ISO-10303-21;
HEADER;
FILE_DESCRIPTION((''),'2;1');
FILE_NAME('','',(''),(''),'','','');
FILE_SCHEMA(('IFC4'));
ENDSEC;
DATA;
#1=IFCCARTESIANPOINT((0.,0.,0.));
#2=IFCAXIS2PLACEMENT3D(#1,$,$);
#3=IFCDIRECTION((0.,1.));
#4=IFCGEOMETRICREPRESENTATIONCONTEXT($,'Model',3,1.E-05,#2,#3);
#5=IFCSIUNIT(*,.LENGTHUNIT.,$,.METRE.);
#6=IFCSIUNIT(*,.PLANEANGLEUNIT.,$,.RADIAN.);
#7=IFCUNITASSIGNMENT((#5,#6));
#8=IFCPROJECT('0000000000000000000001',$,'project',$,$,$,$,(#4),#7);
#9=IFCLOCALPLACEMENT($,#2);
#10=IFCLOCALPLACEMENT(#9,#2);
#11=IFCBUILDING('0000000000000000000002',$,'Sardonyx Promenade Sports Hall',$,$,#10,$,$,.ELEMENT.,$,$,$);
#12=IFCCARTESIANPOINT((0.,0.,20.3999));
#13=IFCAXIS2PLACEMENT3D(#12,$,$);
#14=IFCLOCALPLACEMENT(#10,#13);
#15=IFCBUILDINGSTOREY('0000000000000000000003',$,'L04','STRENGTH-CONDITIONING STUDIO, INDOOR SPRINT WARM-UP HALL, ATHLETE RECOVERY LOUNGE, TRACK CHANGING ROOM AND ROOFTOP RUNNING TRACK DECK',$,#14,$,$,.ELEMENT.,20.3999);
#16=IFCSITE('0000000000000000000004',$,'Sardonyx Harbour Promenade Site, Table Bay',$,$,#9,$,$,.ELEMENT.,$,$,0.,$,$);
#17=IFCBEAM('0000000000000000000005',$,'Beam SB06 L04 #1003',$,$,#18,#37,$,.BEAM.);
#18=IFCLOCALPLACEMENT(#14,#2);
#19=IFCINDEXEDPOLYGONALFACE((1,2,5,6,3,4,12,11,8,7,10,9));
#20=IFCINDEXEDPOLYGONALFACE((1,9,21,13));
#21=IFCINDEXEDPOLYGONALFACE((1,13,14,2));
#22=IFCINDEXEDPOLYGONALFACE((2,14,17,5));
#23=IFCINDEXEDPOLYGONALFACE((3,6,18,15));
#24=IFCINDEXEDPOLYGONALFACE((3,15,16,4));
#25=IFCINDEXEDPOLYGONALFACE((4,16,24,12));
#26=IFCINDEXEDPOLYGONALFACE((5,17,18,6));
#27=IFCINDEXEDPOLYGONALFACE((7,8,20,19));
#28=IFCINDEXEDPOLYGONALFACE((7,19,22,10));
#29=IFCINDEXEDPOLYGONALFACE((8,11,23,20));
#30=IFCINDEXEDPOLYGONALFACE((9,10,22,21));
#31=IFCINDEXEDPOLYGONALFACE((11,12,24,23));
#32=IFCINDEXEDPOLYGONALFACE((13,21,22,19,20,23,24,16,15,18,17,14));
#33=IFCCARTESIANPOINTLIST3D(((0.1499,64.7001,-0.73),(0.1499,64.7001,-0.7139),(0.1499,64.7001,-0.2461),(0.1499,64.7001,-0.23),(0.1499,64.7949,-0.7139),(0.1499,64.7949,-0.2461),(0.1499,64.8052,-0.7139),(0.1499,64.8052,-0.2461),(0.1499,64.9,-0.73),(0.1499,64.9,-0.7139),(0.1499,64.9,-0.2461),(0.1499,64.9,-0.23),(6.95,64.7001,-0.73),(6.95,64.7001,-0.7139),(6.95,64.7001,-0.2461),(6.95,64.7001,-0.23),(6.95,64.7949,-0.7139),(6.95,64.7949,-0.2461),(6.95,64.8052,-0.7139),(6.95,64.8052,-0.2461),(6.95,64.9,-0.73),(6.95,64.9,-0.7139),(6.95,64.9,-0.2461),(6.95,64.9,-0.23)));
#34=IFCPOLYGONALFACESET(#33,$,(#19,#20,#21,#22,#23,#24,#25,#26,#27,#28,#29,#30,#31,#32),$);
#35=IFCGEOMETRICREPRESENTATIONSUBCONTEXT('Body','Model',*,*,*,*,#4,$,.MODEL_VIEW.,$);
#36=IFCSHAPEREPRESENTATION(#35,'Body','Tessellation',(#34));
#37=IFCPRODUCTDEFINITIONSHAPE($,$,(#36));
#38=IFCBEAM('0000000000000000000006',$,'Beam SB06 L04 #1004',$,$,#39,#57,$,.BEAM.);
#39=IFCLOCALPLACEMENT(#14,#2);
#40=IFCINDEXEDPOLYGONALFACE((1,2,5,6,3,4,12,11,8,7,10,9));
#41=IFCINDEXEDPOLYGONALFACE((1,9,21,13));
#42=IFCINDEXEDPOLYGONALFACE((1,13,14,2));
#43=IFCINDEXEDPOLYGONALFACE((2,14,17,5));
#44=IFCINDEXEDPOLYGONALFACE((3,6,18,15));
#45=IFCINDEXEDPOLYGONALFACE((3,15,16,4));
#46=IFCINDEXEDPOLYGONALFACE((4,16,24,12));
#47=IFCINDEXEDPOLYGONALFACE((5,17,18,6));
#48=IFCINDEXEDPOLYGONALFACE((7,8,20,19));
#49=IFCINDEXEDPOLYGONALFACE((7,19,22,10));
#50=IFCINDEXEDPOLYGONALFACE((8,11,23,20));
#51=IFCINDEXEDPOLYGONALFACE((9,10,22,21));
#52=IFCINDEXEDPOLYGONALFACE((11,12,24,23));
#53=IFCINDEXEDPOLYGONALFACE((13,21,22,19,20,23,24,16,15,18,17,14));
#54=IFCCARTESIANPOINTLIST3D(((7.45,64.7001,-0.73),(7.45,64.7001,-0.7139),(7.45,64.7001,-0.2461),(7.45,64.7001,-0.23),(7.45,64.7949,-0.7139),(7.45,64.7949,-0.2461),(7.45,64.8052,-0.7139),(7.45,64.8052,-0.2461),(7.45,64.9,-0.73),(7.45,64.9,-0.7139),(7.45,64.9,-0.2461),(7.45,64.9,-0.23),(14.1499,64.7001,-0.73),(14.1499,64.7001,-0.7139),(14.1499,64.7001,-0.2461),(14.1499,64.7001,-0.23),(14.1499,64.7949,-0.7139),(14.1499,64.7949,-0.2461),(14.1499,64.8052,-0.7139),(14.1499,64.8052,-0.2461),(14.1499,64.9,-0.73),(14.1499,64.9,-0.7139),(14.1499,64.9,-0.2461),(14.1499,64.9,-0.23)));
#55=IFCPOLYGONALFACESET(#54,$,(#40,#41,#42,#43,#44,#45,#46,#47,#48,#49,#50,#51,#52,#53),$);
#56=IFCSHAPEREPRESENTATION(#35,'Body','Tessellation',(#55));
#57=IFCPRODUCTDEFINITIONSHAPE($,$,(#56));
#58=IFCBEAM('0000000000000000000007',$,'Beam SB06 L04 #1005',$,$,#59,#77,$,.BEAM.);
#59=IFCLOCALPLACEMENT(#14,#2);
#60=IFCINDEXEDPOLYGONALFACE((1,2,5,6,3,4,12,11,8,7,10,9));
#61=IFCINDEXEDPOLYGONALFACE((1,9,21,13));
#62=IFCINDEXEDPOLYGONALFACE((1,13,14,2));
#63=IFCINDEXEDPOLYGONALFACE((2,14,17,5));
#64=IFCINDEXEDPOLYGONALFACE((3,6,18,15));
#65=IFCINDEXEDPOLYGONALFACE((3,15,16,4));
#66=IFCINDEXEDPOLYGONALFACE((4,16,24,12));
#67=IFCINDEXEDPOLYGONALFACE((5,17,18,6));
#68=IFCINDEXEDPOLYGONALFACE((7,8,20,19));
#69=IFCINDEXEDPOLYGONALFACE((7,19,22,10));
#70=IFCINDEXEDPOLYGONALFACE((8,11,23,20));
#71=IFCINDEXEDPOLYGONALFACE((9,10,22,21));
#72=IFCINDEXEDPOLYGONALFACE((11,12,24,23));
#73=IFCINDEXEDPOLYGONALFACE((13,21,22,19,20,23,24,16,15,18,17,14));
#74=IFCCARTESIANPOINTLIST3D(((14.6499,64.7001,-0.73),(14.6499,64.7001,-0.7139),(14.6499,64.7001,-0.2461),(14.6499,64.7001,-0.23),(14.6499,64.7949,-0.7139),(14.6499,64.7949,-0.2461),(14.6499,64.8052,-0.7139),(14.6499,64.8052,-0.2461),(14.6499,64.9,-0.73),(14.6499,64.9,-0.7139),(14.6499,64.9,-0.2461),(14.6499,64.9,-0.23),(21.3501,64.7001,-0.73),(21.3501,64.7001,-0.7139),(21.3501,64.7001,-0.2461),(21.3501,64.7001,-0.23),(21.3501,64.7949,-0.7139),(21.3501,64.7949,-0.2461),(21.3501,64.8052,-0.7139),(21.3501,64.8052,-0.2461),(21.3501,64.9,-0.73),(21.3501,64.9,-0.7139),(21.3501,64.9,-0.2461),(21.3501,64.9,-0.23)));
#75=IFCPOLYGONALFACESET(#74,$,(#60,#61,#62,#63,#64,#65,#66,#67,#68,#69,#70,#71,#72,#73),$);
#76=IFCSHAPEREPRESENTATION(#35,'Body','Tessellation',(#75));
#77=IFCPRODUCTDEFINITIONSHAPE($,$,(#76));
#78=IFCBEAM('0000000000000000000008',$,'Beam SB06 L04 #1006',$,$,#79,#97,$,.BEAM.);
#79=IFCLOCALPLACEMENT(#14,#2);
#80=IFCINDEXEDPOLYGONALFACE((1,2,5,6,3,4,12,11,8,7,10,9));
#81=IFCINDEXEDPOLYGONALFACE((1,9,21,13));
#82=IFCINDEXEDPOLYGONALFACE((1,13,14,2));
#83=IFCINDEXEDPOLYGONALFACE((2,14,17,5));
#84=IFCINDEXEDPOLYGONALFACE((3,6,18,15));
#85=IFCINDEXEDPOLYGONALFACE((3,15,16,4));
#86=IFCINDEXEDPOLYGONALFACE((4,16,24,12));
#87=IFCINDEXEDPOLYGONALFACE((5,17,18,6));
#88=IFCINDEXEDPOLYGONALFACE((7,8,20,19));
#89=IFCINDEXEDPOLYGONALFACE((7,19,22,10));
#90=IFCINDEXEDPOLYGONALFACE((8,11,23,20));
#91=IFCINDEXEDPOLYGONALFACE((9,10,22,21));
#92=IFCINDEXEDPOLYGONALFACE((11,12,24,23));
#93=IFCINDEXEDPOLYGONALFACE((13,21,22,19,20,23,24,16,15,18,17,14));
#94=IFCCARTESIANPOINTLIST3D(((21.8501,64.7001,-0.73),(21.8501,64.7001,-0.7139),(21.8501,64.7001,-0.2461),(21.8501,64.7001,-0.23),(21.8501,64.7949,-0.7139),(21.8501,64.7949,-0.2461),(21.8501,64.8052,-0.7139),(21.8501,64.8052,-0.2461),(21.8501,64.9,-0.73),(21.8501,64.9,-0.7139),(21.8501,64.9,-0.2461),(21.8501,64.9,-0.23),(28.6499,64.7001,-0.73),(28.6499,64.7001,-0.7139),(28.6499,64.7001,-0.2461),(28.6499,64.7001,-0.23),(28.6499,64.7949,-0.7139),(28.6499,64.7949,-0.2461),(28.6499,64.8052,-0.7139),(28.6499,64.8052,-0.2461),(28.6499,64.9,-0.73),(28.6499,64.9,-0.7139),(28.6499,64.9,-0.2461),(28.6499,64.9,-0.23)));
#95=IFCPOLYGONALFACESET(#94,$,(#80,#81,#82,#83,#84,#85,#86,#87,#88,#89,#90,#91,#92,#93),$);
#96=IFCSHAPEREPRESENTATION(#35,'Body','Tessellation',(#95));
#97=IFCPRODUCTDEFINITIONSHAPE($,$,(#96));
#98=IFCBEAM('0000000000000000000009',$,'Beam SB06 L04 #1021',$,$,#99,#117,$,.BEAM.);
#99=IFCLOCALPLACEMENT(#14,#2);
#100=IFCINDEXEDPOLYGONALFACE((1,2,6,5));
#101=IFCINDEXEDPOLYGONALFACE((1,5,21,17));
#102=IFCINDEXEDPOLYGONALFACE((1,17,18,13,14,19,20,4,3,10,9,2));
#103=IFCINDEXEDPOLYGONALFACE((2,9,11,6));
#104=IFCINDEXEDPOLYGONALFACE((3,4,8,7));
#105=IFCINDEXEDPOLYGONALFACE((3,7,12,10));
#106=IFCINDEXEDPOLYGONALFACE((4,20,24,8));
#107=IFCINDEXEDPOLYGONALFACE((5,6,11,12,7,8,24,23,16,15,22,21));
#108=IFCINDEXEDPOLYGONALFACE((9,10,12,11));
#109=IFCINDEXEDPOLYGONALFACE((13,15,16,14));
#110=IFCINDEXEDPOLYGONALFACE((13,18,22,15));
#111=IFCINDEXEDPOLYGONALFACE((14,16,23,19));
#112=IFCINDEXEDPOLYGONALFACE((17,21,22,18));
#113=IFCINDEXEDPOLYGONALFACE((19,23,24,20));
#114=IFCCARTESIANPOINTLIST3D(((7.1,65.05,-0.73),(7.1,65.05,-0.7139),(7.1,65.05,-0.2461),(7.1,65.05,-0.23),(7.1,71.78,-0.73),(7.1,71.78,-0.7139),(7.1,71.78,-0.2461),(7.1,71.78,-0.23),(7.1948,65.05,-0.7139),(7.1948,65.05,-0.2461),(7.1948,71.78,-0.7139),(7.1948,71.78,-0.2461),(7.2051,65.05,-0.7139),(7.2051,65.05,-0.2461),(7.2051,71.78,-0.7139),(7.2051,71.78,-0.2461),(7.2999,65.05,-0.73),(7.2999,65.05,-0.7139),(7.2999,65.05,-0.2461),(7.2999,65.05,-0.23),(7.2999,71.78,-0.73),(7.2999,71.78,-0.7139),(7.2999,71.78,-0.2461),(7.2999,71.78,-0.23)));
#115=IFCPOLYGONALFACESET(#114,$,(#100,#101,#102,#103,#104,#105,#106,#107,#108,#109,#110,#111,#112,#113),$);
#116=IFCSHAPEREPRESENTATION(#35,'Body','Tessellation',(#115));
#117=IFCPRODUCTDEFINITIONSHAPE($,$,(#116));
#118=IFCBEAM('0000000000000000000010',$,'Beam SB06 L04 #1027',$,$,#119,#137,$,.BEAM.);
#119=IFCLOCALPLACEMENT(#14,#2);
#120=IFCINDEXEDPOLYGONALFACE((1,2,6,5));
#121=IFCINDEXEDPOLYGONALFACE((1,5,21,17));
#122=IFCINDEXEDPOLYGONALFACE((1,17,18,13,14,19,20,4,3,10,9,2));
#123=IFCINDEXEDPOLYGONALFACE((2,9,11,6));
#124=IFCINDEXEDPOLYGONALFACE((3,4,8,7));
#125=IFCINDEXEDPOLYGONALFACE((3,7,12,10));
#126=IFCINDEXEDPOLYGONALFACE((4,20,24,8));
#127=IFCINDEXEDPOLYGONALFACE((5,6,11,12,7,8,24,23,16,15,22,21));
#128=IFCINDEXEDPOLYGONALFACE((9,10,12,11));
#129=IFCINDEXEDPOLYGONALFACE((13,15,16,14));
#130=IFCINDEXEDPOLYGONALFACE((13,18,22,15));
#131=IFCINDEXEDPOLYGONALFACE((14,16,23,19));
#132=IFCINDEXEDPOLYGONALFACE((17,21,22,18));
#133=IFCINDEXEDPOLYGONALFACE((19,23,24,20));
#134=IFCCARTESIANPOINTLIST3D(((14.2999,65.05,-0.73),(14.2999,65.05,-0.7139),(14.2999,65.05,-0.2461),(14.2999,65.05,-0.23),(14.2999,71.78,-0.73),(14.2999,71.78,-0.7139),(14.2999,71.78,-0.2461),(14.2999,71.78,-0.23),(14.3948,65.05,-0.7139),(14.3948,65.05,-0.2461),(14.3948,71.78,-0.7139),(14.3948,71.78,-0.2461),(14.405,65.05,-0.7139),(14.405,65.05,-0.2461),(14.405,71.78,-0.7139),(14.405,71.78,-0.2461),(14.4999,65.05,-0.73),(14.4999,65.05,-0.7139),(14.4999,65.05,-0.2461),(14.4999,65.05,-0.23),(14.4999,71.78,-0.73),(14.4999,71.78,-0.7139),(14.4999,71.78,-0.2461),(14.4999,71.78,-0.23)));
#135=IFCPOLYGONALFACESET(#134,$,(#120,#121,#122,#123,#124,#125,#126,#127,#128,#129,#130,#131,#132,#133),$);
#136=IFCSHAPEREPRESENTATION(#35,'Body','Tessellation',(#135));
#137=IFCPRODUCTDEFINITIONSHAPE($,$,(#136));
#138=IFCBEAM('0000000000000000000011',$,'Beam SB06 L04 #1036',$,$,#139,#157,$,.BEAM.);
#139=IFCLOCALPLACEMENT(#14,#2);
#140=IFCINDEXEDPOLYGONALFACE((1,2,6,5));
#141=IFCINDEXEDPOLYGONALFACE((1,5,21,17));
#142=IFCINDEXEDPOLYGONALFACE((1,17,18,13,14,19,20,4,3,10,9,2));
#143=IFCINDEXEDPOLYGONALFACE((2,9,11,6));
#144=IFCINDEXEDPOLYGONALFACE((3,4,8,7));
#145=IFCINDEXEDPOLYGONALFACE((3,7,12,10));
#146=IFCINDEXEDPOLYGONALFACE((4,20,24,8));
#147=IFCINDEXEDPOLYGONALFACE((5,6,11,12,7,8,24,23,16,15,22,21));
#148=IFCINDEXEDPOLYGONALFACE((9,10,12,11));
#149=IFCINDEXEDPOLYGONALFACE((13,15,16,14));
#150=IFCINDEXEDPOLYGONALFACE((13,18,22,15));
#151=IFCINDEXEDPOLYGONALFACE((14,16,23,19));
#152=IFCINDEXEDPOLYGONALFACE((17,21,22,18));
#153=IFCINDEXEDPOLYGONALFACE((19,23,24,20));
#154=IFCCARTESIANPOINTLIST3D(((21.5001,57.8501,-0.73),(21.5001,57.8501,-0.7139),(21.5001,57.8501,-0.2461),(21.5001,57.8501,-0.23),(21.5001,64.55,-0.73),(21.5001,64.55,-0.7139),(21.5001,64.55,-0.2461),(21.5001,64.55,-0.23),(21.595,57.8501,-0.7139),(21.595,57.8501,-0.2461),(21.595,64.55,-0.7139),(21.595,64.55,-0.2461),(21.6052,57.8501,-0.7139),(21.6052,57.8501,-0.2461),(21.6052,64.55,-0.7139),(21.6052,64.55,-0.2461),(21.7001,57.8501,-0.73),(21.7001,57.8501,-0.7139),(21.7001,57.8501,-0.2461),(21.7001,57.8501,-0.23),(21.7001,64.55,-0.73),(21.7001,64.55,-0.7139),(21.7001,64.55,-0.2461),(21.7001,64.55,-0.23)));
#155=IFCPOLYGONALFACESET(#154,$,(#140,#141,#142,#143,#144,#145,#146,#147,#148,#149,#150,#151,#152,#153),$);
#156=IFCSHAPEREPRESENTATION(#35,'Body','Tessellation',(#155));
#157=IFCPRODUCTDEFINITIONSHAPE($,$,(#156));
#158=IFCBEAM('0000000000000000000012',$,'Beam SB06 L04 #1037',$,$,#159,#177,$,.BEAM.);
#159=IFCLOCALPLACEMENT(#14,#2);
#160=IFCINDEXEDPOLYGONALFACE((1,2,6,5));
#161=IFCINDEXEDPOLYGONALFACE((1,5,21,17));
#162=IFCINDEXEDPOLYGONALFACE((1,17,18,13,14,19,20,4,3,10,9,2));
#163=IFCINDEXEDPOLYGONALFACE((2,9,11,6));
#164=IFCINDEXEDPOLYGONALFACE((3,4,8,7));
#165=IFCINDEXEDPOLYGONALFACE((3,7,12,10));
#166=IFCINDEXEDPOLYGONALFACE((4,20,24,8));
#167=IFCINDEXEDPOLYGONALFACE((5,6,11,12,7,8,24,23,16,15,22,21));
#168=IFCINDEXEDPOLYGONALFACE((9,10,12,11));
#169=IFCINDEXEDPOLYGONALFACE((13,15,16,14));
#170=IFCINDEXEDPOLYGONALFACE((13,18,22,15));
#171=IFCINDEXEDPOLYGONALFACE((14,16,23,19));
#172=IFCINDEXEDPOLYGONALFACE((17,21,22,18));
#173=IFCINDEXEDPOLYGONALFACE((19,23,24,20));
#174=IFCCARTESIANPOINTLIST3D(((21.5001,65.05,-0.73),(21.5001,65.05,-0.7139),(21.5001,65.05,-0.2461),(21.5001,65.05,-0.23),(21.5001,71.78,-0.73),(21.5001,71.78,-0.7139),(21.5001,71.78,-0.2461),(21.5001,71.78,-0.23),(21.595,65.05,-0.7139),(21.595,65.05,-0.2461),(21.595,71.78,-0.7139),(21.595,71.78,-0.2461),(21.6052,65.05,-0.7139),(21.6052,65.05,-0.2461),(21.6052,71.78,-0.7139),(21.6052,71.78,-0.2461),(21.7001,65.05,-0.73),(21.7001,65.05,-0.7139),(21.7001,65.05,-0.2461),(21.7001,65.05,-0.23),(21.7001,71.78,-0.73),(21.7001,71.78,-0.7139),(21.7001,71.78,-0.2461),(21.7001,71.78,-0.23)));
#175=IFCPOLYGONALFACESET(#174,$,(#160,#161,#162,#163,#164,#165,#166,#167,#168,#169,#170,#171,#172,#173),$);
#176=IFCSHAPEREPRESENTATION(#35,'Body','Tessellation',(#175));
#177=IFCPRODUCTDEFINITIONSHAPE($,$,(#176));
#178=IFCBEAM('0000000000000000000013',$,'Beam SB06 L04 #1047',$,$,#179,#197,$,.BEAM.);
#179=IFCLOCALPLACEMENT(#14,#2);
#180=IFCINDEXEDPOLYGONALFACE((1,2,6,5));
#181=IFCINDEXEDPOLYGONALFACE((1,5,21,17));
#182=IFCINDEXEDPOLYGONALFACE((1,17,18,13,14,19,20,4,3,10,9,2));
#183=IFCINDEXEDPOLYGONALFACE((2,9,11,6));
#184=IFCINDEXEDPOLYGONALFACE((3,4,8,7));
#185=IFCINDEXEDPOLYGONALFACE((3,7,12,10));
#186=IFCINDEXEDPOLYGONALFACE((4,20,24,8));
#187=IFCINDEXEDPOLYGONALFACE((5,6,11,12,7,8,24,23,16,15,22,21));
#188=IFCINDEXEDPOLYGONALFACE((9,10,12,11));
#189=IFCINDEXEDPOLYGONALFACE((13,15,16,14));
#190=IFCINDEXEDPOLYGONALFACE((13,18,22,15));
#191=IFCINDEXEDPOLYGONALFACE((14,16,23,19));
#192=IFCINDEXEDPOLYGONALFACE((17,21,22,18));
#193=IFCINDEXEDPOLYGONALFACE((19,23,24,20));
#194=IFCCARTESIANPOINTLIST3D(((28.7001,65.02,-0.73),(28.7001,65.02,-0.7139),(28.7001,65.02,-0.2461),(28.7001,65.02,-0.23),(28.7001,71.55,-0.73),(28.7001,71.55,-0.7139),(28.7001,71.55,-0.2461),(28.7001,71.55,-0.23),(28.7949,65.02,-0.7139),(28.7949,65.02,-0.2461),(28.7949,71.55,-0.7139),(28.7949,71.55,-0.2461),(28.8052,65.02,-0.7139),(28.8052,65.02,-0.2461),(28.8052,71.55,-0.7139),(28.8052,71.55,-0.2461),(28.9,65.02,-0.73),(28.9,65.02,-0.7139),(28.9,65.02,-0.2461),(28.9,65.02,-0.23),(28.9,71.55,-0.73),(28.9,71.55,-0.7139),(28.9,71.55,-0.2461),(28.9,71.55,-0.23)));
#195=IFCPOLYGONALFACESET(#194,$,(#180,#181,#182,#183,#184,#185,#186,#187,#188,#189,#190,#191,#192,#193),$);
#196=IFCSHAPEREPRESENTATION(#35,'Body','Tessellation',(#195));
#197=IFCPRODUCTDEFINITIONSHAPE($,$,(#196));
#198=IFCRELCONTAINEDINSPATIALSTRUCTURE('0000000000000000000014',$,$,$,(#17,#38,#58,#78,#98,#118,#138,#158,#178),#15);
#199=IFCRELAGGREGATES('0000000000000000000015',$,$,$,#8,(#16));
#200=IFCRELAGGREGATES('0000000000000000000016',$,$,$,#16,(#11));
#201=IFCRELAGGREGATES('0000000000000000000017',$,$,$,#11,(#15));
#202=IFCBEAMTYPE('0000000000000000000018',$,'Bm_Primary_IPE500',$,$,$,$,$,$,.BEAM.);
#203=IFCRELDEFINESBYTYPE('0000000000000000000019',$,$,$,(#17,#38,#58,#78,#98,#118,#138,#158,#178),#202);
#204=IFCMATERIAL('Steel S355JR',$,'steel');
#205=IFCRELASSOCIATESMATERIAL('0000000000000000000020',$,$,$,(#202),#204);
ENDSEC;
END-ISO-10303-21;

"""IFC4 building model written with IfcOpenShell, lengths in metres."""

from ifc_helpers import new_model, si_unit, direction, frame, origin, origin_2d, place, context, subcontext, project, spatial, i_section, extrude, material, material_profile, profile_set, type_object, element, save


model = new_model("IFC4")

# Units and contexts
model_context = context("Model", 3, precision=1e-05, world=origin(), true_north=direction((0.0, 1.0)))
body_context = subcontext(model_context, "Body", "Model", "MODEL_VIEW")
ifc_project = project(units=[si_unit("LENGTHUNIT", "METRE"), si_unit("PLANEANGLEUNIT", "RADIAN")], contexts=[model_context])

# Site, building, storey
site_placement = place(None, origin())
site = spatial("IfcSite", under=ifc_project, at=site_placement, Name="Sardonyx Harbour Promenade Site, Table Bay", CompositionType="ELEMENT", RefElevation=0.0)
building_placement = place(site_placement, origin())
building = spatial("IfcBuilding", under=site, at=building_placement, Name="Sardonyx Promenade Sports Hall", CompositionType="ELEMENT")
storey_placement = place(building_placement, frame((0.0, 0.0, 20.3999)))
storey = spatial("IfcBuildingStorey", under=building, at=storey_placement, Name="L04", Description="STRENGTH-CONDITIONING STUDIO, INDOOR SPRINT WARM-UP HALL, ATHLETE RECOVERY LOUNGE, TRACK CHANGING ROOM AND ROOFTOP RUNNING TRACK DECK", CompositionType="ELEMENT", Elevation=20.3999)

# Beams
ifc_material_1 = material(Name="Steel S355JR", Category="steel")
ifc_material_profile_1 = material_profile(ifc_material_1, i_section(OverallWidth=0.2, OverallDepth=0.5, WebThickness=0.0103, FlangeThickness=0.0161, at=origin_2d()))
ifc_profile_set_1 = profile_set([ifc_material_profile_1], Name="Steel S355JR")
beam_type_1 = type_object("IfcBeamType", Name="Bm_Primary_IPE500", PredefinedType="BEAM", material=ifc_profile_set_1)
beam_1_placement = place(storey_placement, frame((0.1499, 64.8, -0.48), z_axis=(1.0, 0.0, 0.0), x_axis=(0.0, 1.0, 0.0)))
element("IfcBeam", 1, at=beam_1_placement, inside=storey, type_object=beam_type_1, Name="Beam SB06 L04 #1003", PredefinedType="BEAM", context=body_context, shape_type="SweptSolid", body=[
    extrude(i_section(OverallWidth=0.2, OverallDepth=0.5, WebThickness=0.0103, FlangeThickness=0.0161, at=origin_2d()), origin(), (0.0, 0.0, 1.0), 6.8),
])
beam_2_placement = place(storey_placement, frame((7.45, 64.8, -0.48), z_axis=(1.0, 0.0, 0.0), x_axis=(0.0, 1.0, 0.0)))
element("IfcBeam", 2, at=beam_2_placement, inside=storey, type_object=beam_type_1, Name="Beam SB06 L04 #1004", PredefinedType="BEAM", context=body_context, shape_type="SweptSolid", body=[
    extrude(i_section(OverallWidth=0.2, OverallDepth=0.5, WebThickness=0.0103, FlangeThickness=0.0161, at=origin_2d()), origin(), (0.0, 0.0, 1.0), 6.7),
])
beam_3_placement = place(storey_placement, frame((14.6499, 64.8, -0.48), z_axis=(1.0, 0.0, 0.0), x_axis=(0.0, 1.0, 0.0)))
element("IfcBeam", 3, at=beam_3_placement, inside=storey, type_object=beam_type_1, Name="Beam SB06 L04 #1005", PredefinedType="BEAM", context=body_context, shape_type="SweptSolid", body=[
    extrude(i_section(OverallWidth=0.2, OverallDepth=0.5, WebThickness=0.0103, FlangeThickness=0.0161, at=origin_2d()), origin(), (0.0, 0.0, 1.0), 6.7002),
])
beam_4_placement = place(storey_placement, frame((21.8501, 64.8, -0.48), z_axis=(1.0, 0.0, 0.0), x_axis=(0.0, 1.0, 0.0)))
element("IfcBeam", 4, at=beam_4_placement, inside=storey, type_object=beam_type_1, Name="Beam SB06 L04 #1006", PredefinedType="BEAM", context=body_context, shape_type="SweptSolid", body=[
    extrude(i_section(OverallWidth=0.2, OverallDepth=0.5, WebThickness=0.0103, FlangeThickness=0.0161, at=origin_2d()), origin(), (0.0, 0.0, 1.0), 6.7998),
])
for number, where, z_axis, x_axis, name in (
    (5, (7.2, 65.05, -0.48), (0.0, 1.0, 0.0), (-1.0, 0.0, 0.0), "Beam SB06 L04 #1021"),
    (6, (14.3999, 65.05, -0.48), (0.0, 1.0, 0.0), (-1.0, 0.0, 0.0), "Beam SB06 L04 #1027"),
):
    element("IfcBeam", number, at=place(storey_placement, frame(where, z_axis=z_axis, x_axis=x_axis)), inside=storey, type_object=beam_type_1, Name=name, PredefinedType="BEAM", context=body_context, shape_type="SweptSolid", body=[
        extrude(i_section(OverallWidth=0.2, OverallDepth=0.5, WebThickness=0.0103, FlangeThickness=0.0161, at=origin_2d()), origin(), (0.0, 0.0, 1.0), 6.73),
    ])
beam_5_placement = place(storey_placement, frame((21.6001, 57.8501, -0.48), z_axis=(0.0, 1.0, 0.0), x_axis=(-1.0, 0.0, 0.0)))
element("IfcBeam", 7, at=beam_5_placement, inside=storey, type_object=beam_type_1, Name="Beam SB06 L04 #1036", PredefinedType="BEAM", context=body_context, shape_type="SweptSolid", body=[
    extrude(i_section(OverallWidth=0.2, OverallDepth=0.5, WebThickness=0.0103, FlangeThickness=0.0161, at=origin_2d()), origin(), (0.0, 0.0, 1.0), 6.7),
])
beam_6_placement = place(storey_placement, frame((21.6001, 65.05, -0.48), z_axis=(0.0, 1.0, 0.0), x_axis=(-1.0, 0.0, 0.0)))
element("IfcBeam", 8, at=beam_6_placement, inside=storey, type_object=beam_type_1, Name="Beam SB06 L04 #1037", PredefinedType="BEAM", context=body_context, shape_type="SweptSolid", body=[
    extrude(i_section(OverallWidth=0.2, OverallDepth=0.5, WebThickness=0.0103, FlangeThickness=0.0161, at=origin_2d()), origin(), (0.0, 0.0, 1.0), 6.73),
])
beam_7_placement = place(storey_placement, frame((28.8, 65.02, -0.48), z_axis=(0.0, 1.0, 0.0), x_axis=(-1.0, 0.0, 0.0)))
element("IfcBeam", 9, at=beam_7_placement, inside=storey, type_object=beam_type_1, Name="Beam SB06 L04 #1047", PredefinedType="BEAM", context=body_context, shape_type="SweptSolid", body=[
    extrude(i_section(OverallWidth=0.2, OverallDepth=0.5, WebThickness=0.0103, FlangeThickness=0.0161, at=origin_2d()), origin(), (0.0, 0.0, 1.0), 6.53),
])

save(model, "model.ifc")
